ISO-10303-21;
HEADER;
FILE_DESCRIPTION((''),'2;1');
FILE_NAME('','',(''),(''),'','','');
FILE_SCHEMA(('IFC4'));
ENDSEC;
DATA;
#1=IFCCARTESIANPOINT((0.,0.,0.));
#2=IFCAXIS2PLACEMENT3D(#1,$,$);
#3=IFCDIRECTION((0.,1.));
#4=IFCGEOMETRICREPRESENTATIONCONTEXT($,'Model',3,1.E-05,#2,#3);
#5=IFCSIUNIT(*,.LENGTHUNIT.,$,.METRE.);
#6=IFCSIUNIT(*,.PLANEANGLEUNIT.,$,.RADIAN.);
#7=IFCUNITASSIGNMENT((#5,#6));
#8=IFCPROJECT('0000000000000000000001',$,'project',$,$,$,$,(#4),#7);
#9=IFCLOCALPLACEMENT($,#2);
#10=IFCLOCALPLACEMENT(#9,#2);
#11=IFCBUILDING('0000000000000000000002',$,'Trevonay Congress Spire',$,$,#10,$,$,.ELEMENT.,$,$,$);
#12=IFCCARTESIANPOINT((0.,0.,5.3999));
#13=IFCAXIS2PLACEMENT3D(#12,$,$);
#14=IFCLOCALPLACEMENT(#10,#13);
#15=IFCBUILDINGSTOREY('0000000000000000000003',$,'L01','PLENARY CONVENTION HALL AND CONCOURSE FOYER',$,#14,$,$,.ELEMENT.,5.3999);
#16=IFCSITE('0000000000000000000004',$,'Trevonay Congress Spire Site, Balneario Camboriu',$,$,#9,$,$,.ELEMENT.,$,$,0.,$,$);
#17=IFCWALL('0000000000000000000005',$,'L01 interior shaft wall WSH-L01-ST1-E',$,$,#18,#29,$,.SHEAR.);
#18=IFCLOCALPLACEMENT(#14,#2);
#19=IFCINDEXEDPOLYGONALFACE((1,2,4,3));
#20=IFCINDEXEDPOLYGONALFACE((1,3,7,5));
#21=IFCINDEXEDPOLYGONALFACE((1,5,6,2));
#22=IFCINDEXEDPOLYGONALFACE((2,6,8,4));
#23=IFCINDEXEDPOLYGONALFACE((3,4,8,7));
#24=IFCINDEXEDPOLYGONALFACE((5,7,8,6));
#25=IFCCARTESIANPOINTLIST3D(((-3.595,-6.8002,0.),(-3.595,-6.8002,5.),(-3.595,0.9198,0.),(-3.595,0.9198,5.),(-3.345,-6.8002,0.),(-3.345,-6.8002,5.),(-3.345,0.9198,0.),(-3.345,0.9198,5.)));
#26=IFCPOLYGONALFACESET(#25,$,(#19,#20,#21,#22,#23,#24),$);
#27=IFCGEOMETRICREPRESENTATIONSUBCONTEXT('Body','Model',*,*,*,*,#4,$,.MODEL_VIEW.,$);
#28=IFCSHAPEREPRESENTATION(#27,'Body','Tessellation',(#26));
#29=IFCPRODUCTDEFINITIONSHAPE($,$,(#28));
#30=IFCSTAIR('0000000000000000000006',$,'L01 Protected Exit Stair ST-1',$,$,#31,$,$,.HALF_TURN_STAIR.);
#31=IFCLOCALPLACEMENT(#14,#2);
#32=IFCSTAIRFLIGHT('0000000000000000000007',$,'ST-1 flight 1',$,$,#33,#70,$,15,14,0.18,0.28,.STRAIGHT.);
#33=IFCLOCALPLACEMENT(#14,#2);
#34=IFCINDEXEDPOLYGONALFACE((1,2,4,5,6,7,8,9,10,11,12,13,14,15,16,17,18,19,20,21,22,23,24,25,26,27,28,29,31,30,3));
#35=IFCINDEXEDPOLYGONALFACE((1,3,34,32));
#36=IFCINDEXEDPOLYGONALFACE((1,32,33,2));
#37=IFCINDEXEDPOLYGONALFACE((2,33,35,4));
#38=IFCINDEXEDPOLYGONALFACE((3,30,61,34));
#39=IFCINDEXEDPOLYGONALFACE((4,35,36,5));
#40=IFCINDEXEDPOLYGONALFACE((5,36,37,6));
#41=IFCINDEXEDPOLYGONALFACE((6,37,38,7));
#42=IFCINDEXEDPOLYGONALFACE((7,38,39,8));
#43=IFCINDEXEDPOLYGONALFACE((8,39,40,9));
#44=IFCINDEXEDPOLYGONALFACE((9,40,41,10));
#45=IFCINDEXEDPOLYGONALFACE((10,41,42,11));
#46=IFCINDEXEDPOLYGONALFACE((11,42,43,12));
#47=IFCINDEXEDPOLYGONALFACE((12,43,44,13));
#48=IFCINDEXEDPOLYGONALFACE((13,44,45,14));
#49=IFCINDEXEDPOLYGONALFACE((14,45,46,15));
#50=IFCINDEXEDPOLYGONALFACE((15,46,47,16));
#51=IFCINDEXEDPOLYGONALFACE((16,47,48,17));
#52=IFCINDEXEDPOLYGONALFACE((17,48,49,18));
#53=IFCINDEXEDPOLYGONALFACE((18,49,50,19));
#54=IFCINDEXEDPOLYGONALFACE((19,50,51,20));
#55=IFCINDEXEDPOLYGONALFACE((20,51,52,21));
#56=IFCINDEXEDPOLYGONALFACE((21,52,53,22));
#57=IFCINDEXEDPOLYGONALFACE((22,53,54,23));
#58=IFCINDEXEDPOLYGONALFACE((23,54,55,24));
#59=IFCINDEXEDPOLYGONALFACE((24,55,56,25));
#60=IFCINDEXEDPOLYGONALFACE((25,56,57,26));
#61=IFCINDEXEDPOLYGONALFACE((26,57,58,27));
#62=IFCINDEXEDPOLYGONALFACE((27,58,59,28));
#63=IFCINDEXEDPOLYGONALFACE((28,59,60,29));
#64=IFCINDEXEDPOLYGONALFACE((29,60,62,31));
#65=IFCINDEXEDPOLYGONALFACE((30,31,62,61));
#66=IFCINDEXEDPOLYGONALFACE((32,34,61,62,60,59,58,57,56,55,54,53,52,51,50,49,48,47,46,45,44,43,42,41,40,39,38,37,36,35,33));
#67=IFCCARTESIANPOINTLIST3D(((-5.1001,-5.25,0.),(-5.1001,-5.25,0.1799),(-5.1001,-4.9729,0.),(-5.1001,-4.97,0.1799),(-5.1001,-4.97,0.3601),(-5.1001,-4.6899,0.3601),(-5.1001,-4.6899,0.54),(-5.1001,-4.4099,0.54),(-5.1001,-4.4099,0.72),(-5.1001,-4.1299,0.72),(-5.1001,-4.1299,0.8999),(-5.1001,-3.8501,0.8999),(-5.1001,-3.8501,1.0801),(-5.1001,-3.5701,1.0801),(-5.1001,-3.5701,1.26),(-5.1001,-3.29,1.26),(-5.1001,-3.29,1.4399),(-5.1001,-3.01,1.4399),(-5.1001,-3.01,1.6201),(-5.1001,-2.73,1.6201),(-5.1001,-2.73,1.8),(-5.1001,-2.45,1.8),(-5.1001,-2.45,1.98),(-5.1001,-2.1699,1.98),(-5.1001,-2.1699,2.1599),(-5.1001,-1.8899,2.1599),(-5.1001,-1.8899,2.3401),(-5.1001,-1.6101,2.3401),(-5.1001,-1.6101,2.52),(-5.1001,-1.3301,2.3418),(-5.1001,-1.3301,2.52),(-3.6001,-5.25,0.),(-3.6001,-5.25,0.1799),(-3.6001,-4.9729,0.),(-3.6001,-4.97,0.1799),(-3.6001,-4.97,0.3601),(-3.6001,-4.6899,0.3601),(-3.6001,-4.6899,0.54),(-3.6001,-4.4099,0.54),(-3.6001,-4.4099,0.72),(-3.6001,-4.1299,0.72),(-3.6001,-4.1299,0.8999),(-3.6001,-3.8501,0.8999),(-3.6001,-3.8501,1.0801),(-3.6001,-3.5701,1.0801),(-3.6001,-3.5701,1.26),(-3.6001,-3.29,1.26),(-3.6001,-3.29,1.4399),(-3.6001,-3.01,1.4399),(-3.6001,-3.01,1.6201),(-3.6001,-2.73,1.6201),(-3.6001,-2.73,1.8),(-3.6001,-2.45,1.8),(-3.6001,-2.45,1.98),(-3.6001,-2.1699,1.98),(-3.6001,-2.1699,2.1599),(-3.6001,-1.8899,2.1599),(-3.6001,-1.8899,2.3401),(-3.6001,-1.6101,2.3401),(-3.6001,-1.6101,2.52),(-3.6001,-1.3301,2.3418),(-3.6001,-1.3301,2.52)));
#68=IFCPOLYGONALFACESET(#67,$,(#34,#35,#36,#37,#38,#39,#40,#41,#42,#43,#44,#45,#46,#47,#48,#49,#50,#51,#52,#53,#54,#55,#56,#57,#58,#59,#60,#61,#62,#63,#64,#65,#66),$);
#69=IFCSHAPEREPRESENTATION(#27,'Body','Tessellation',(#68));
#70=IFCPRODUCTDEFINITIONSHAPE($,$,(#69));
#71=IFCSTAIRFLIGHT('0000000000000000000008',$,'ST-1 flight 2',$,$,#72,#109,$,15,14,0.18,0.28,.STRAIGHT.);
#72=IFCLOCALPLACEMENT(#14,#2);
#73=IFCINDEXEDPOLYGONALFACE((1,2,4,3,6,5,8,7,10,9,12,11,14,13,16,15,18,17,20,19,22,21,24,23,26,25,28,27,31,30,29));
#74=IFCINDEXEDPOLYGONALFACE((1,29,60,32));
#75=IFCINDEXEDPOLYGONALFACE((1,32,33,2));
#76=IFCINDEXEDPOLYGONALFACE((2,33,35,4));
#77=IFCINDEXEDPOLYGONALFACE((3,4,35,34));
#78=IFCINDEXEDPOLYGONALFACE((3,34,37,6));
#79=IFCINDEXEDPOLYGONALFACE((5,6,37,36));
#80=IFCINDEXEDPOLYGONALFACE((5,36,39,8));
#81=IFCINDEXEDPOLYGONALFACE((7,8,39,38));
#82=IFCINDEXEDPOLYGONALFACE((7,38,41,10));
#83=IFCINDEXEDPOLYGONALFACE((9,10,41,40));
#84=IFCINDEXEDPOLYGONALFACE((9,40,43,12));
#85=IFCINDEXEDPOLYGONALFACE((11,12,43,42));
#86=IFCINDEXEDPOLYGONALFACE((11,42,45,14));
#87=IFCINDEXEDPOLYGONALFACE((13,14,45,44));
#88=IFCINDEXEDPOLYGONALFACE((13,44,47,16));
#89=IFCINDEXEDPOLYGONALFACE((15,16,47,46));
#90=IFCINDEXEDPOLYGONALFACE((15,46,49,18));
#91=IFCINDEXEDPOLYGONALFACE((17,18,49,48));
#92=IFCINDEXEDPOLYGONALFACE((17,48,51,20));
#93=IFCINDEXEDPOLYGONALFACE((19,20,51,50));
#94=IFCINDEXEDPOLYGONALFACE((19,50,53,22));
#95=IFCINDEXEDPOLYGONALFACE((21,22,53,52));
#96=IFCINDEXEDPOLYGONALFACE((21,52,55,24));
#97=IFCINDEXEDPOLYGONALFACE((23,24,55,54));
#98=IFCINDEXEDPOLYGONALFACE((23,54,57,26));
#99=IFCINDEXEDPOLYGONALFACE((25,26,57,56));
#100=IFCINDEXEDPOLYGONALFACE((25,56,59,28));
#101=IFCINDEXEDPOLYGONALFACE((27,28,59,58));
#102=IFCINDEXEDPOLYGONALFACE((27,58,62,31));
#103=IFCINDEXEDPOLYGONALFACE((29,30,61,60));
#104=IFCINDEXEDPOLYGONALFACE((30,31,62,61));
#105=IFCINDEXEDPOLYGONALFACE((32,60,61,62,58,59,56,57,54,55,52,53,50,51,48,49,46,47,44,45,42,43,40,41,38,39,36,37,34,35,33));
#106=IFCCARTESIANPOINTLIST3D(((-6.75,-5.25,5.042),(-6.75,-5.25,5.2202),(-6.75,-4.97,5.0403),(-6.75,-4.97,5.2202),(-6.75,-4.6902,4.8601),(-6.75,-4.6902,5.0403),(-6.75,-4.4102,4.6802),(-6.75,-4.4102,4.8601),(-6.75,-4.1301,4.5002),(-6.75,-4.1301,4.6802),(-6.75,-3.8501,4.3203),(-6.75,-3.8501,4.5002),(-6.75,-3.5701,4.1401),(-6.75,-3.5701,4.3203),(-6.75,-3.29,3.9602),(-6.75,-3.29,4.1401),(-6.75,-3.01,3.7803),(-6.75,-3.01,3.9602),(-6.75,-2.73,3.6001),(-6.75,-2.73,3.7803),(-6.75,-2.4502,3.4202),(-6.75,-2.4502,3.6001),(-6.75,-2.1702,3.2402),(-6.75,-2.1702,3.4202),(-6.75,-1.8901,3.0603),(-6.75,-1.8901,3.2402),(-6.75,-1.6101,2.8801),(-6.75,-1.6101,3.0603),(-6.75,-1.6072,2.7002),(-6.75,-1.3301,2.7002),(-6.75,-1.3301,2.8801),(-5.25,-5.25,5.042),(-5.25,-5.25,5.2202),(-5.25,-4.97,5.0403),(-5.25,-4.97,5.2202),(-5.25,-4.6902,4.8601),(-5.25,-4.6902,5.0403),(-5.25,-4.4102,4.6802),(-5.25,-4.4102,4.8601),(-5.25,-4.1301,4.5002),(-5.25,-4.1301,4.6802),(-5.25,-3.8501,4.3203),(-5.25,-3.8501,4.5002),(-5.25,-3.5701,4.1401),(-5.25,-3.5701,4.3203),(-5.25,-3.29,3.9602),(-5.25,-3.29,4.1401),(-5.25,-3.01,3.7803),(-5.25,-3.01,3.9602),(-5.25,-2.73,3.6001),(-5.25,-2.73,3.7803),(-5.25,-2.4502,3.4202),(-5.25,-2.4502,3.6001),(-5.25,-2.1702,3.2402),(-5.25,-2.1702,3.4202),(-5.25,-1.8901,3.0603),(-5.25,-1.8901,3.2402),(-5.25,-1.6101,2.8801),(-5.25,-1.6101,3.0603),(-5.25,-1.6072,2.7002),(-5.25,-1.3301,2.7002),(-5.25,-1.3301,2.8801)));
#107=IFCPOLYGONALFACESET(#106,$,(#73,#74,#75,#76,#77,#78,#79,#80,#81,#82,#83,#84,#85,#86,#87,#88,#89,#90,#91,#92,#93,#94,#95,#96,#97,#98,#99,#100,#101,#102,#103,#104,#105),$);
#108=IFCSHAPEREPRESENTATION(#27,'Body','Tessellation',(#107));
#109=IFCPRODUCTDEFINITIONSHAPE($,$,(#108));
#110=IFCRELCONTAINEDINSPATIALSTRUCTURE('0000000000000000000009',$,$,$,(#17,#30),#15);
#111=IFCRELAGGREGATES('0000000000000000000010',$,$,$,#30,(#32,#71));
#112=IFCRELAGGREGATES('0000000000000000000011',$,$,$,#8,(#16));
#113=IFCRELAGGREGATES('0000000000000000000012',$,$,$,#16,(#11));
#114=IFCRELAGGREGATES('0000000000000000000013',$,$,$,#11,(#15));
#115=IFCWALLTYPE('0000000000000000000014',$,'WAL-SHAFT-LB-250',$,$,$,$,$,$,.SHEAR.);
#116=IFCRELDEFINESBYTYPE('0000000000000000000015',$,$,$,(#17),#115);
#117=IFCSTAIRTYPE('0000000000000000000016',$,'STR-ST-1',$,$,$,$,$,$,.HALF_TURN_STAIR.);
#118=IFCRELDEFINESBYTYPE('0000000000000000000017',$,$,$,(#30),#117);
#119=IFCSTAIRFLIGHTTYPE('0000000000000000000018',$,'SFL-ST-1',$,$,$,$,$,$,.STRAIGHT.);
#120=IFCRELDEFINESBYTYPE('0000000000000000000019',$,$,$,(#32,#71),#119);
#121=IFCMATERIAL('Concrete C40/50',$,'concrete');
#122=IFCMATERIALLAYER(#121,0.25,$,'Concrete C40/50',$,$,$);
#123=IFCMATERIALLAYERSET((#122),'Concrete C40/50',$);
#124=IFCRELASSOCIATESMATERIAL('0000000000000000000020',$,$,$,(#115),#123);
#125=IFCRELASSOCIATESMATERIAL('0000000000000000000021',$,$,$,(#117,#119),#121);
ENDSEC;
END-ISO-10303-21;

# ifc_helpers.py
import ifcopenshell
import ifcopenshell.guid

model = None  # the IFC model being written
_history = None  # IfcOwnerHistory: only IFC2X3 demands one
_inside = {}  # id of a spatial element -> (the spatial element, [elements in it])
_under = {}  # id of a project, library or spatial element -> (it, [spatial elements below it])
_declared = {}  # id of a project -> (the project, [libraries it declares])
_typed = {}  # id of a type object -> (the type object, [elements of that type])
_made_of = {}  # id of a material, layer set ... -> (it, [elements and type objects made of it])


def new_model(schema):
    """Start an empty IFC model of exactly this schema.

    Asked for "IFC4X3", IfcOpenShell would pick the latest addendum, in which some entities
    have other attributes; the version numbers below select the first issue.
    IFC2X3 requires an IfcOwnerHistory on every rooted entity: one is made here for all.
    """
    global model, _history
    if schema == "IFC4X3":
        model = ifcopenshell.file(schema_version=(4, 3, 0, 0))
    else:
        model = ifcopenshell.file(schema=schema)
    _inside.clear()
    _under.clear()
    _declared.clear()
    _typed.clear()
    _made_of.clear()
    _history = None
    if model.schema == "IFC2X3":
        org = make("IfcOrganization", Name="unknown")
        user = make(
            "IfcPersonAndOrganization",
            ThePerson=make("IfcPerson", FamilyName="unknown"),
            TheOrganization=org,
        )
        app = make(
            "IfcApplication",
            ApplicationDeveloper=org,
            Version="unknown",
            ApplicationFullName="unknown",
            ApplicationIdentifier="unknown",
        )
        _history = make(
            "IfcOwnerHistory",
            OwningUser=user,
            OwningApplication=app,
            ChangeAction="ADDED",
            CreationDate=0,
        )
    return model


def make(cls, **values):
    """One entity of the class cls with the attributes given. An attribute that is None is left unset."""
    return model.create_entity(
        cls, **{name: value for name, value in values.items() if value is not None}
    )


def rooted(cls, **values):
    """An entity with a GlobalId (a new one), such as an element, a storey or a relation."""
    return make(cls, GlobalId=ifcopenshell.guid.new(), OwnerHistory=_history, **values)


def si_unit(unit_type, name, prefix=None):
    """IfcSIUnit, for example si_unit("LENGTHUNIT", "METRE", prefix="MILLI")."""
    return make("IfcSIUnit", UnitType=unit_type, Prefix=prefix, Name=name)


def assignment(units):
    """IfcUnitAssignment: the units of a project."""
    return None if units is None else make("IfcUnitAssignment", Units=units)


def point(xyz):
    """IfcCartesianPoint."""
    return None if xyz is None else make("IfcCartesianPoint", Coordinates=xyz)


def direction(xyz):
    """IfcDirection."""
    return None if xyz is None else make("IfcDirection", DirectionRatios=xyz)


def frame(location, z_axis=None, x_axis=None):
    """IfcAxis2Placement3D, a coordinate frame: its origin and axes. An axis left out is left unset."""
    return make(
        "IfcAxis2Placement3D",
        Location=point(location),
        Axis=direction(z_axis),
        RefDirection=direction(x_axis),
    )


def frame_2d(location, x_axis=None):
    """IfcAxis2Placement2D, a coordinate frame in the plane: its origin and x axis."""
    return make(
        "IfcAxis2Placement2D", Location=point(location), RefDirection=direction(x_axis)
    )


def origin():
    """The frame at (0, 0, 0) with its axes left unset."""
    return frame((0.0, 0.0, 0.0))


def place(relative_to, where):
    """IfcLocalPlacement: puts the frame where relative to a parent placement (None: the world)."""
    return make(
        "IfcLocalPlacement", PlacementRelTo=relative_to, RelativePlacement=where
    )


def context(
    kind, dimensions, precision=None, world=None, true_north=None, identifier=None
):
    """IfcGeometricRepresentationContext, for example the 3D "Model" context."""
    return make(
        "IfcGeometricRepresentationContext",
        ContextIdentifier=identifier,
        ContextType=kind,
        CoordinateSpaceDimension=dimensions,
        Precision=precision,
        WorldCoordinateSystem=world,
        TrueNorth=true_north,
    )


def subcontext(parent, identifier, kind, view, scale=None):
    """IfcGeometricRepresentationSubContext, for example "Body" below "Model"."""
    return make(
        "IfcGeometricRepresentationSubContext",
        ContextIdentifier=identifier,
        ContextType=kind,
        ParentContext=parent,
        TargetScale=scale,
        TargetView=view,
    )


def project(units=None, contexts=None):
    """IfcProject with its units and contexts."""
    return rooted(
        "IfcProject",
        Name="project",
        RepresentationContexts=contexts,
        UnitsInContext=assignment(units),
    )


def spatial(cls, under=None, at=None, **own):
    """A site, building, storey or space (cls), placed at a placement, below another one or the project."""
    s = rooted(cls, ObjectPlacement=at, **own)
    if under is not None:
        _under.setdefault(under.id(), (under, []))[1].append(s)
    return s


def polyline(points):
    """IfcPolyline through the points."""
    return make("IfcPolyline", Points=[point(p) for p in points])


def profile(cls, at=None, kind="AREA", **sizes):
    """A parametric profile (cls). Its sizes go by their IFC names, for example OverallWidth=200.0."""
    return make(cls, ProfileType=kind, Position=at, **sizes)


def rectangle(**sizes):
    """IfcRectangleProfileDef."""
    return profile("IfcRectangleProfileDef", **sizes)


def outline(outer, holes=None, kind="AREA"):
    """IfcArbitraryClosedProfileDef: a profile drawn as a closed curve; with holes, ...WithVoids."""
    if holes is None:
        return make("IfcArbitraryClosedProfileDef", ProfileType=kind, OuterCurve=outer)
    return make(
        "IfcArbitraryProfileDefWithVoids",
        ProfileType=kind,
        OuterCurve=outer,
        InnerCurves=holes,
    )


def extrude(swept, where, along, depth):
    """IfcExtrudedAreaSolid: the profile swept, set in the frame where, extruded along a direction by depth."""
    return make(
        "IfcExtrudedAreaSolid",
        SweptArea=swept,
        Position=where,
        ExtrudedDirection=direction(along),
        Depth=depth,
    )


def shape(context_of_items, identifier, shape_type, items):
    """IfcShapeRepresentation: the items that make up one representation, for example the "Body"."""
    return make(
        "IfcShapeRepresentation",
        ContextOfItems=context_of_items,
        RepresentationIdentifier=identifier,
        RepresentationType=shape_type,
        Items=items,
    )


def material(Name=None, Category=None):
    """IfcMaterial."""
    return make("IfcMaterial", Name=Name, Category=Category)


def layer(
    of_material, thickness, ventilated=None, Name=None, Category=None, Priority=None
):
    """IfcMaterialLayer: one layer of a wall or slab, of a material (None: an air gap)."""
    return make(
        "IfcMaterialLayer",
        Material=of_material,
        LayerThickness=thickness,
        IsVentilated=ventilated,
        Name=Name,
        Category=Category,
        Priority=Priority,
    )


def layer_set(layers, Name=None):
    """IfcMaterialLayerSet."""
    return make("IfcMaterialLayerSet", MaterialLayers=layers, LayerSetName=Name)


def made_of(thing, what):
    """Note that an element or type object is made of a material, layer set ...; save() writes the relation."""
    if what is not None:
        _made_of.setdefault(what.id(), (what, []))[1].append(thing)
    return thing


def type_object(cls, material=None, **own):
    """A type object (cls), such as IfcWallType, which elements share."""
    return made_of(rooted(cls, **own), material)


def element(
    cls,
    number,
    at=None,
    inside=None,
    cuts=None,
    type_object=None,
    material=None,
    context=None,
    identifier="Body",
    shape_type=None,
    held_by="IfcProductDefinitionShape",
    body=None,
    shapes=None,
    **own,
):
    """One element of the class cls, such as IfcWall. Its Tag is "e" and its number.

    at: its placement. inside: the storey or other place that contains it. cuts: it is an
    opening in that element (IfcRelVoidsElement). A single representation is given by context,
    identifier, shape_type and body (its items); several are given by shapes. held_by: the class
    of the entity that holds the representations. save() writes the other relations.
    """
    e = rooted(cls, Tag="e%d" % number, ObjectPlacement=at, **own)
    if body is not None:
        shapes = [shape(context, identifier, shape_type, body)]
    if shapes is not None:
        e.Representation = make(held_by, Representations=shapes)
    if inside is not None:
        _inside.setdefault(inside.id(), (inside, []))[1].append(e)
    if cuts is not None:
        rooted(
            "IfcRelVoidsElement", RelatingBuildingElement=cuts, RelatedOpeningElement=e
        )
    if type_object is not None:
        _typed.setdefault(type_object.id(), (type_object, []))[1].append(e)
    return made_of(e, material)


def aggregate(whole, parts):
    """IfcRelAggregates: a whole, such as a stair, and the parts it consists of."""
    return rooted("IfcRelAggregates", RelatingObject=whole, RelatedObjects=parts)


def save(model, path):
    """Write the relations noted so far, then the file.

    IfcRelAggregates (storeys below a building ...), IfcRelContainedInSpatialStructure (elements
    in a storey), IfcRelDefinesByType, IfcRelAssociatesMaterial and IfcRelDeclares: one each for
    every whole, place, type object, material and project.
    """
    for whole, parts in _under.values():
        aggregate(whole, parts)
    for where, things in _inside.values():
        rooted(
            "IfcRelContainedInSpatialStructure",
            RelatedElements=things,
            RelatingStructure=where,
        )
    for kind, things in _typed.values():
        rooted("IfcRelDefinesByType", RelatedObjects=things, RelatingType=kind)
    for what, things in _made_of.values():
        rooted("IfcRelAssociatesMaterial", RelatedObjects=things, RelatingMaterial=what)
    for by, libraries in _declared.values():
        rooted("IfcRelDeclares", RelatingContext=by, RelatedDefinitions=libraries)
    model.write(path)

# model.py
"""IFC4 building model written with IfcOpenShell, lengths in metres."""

from ifc_helpers import new_model, si_unit, direction, frame, frame_2d, origin, place, context, subcontext, project, spatial, polyline, rectangle, outline, extrude, material, layer, layer_set, type_object, element, aggregate, save


model = new_model("IFC4")

# Units and contexts
model_context = context("Model", 3, precision=1e-05, world=origin(), true_north=direction((0.0, 1.0)))
body_context = subcontext(model_context, "Body", "Model", "MODEL_VIEW")
ifc_project = project(units=[si_unit("LENGTHUNIT", "METRE"), si_unit("PLANEANGLEUNIT", "RADIAN")], contexts=[model_context])

# Site, building, storey
site_placement = place(None, origin())
site = spatial("IfcSite", under=ifc_project, at=site_placement, Name="Trevonay Congress Spire Site, Balneario Camboriu", CompositionType="ELEMENT", RefElevation=0.0)
building_placement = place(site_placement, origin())
building = spatial("IfcBuilding", under=site, at=building_placement, Name="Trevonay Congress Spire", CompositionType="ELEMENT")
storey_placement = place(building_placement, frame((0.0, 0.0, 5.3999)))
storey = spatial("IfcBuildingStorey", under=building, at=storey_placement, Name="L01", Description="PLENARY CONVENTION HALL AND CONCOURSE FOYER", CompositionType="ELEMENT", Elevation=5.3999)

# Shared definitions
ifc_material_1 = material(Name="Concrete C40/50", Category="concrete")

# Wall
ifc_layer_1 = layer(ifc_material_1, 0.25, Name="Concrete C40/50")
ifc_layer_set_1 = layer_set([ifc_layer_1], Name="Concrete C40/50")
wall_type_1 = type_object("IfcWallType", Name="WAL-SHAFT-LB-250", PredefinedType="SHEAR", material=ifc_layer_set_1)
wall_1_placement = place(storey_placement, frame((-3.47, -6.8, 0.0), z_axis=(0.0, 0.0, 1.0), x_axis=(0.0, 1.0, 0.0)))
element("IfcWall", 1, at=wall_1_placement, inside=storey, type_object=wall_type_1, Name="L01 interior shaft wall WSH-L01-ST1-E", PredefinedType="SHEAR", context=body_context, shape_type="SweptSolid", body=[
    extrude(rectangle(XDim=7.72, YDim=0.25, at=frame_2d((3.8599, 0.0))), origin(), (0.0, 0.0, 1.0), 5.0),
])

# Stair, stair flights
stair_type = type_object("IfcStairType", Name="STR-ST-1", PredefinedType="HALF_TURN_STAIR", material=ifc_material_1)
stair_placement = place(storey_placement, origin())
stair = element("IfcStair", 2, at=stair_placement, inside=storey, type_object=stair_type, Name="L01 Protected Exit Stair ST-1", PredefinedType="HALF_TURN_STAIR")
stair_flight_type = type_object("IfcStairFlightType", Name="SFL-ST-1", PredefinedType="STRAIGHT", material=ifc_material_1)
stair_flight_1_placement = place(storey_placement, frame((-4.3501, -5.25, 0.0), z_axis=(0.0, 0.0, 1.0), x_axis=(0.0, 1.0, 0.0)))
stair_flight_1 = element("IfcStairFlight", 3, at=stair_flight_1_placement, type_object=stair_flight_type, Name="ST-1 flight 1", NumberOfRisers=15, NumberOfTreads=14, PredefinedType="STRAIGHT", RiserHeight=0.18, TreadLength=0.28, context=body_context, shape_type="SweptSolid", body=[
    extrude(outline(polyline([(0.0, 0.0), (0.0, 0.1799), (0.28, 0.1799), (0.28, 0.3601), (0.5601, 0.3601), (0.5601, 0.54), (0.8401, 0.54), (0.8401, 0.72), (1.1201, 0.72), (1.1201, 0.8999), (1.3999, 0.8999), (1.3999, 1.0801), (1.6799, 1.0801), (1.6799, 1.26), (1.96, 1.26), (1.96, 1.4399), (2.24, 1.4399), (2.24, 1.6201), (2.52, 1.6201), (2.52, 1.8), (2.8, 1.8), (2.8, 1.98), (3.0801, 1.98), (3.0801, 2.1599), (3.3601, 2.1599), (3.3601, 2.3401), (3.6399, 2.3401), (3.6399, 2.52), (3.9199, 2.52), (3.9199, 2.7), (3.9199, 2.3418), (0.2771, 0.0), (0.0, 0.0)])), frame((0.0, 0.75, 0.0), z_axis=(0.0, -1.0, 0.0), x_axis=(1.0, 0.0, 0.0)), (0.0, 0.0, 1.0), 1.5),
])
stair_flight_2_placement = place(storey_placement, frame((-6.0, -1.3301, 2.7002), z_axis=(0.0, 0.0, 1.0), x_axis=(0.0, -1.0, 0.0)))
stair_flight_2 = element("IfcStairFlight", 4, at=stair_flight_2_placement, type_object=stair_flight_type, Name="ST-1 flight 2", NumberOfRisers=15, NumberOfTreads=14, PredefinedType="STRAIGHT", RiserHeight=0.18, TreadLength=0.28, context=body_context, shape_type="SweptSolid", body=[
    extrude(outline(polyline([(0.0, 0.0), (0.0, 0.1799), (0.28, 0.1799), (0.28, 0.3601), (0.5601, 0.3601), (0.5601, 0.54), (0.8401, 0.54), (0.8401, 0.72), (1.1201, 0.72), (1.1201, 0.8999), (1.3999, 0.8999), (1.3999, 1.0801), (1.6799, 1.0801), (1.6799, 1.26), (1.96, 1.26), (1.96, 1.4399), (2.24, 1.4399), (2.24, 1.6201), (2.52, 1.6201), (2.52, 1.8), (2.8, 1.8), (2.8, 1.98), (3.0801, 1.98), (3.0801, 2.1599), (3.3601, 2.1599), (3.3601, 2.3401), (3.6399, 2.3401), (3.6399, 2.52), (3.9199, 2.52), (3.9199, 2.7), (3.9199, 2.3418), (0.2771, 0.0), (0.0, 0.0)])), frame((0.0, 0.75, 0.0), z_axis=(0.0, -1.0, 0.0), x_axis=(1.0, 0.0, 0.0)), (0.0, 0.0, 1.0), 1.5),
])
aggregate(stair, [stair_flight_1, stair_flight_2])

save(model, "model.ifc")
